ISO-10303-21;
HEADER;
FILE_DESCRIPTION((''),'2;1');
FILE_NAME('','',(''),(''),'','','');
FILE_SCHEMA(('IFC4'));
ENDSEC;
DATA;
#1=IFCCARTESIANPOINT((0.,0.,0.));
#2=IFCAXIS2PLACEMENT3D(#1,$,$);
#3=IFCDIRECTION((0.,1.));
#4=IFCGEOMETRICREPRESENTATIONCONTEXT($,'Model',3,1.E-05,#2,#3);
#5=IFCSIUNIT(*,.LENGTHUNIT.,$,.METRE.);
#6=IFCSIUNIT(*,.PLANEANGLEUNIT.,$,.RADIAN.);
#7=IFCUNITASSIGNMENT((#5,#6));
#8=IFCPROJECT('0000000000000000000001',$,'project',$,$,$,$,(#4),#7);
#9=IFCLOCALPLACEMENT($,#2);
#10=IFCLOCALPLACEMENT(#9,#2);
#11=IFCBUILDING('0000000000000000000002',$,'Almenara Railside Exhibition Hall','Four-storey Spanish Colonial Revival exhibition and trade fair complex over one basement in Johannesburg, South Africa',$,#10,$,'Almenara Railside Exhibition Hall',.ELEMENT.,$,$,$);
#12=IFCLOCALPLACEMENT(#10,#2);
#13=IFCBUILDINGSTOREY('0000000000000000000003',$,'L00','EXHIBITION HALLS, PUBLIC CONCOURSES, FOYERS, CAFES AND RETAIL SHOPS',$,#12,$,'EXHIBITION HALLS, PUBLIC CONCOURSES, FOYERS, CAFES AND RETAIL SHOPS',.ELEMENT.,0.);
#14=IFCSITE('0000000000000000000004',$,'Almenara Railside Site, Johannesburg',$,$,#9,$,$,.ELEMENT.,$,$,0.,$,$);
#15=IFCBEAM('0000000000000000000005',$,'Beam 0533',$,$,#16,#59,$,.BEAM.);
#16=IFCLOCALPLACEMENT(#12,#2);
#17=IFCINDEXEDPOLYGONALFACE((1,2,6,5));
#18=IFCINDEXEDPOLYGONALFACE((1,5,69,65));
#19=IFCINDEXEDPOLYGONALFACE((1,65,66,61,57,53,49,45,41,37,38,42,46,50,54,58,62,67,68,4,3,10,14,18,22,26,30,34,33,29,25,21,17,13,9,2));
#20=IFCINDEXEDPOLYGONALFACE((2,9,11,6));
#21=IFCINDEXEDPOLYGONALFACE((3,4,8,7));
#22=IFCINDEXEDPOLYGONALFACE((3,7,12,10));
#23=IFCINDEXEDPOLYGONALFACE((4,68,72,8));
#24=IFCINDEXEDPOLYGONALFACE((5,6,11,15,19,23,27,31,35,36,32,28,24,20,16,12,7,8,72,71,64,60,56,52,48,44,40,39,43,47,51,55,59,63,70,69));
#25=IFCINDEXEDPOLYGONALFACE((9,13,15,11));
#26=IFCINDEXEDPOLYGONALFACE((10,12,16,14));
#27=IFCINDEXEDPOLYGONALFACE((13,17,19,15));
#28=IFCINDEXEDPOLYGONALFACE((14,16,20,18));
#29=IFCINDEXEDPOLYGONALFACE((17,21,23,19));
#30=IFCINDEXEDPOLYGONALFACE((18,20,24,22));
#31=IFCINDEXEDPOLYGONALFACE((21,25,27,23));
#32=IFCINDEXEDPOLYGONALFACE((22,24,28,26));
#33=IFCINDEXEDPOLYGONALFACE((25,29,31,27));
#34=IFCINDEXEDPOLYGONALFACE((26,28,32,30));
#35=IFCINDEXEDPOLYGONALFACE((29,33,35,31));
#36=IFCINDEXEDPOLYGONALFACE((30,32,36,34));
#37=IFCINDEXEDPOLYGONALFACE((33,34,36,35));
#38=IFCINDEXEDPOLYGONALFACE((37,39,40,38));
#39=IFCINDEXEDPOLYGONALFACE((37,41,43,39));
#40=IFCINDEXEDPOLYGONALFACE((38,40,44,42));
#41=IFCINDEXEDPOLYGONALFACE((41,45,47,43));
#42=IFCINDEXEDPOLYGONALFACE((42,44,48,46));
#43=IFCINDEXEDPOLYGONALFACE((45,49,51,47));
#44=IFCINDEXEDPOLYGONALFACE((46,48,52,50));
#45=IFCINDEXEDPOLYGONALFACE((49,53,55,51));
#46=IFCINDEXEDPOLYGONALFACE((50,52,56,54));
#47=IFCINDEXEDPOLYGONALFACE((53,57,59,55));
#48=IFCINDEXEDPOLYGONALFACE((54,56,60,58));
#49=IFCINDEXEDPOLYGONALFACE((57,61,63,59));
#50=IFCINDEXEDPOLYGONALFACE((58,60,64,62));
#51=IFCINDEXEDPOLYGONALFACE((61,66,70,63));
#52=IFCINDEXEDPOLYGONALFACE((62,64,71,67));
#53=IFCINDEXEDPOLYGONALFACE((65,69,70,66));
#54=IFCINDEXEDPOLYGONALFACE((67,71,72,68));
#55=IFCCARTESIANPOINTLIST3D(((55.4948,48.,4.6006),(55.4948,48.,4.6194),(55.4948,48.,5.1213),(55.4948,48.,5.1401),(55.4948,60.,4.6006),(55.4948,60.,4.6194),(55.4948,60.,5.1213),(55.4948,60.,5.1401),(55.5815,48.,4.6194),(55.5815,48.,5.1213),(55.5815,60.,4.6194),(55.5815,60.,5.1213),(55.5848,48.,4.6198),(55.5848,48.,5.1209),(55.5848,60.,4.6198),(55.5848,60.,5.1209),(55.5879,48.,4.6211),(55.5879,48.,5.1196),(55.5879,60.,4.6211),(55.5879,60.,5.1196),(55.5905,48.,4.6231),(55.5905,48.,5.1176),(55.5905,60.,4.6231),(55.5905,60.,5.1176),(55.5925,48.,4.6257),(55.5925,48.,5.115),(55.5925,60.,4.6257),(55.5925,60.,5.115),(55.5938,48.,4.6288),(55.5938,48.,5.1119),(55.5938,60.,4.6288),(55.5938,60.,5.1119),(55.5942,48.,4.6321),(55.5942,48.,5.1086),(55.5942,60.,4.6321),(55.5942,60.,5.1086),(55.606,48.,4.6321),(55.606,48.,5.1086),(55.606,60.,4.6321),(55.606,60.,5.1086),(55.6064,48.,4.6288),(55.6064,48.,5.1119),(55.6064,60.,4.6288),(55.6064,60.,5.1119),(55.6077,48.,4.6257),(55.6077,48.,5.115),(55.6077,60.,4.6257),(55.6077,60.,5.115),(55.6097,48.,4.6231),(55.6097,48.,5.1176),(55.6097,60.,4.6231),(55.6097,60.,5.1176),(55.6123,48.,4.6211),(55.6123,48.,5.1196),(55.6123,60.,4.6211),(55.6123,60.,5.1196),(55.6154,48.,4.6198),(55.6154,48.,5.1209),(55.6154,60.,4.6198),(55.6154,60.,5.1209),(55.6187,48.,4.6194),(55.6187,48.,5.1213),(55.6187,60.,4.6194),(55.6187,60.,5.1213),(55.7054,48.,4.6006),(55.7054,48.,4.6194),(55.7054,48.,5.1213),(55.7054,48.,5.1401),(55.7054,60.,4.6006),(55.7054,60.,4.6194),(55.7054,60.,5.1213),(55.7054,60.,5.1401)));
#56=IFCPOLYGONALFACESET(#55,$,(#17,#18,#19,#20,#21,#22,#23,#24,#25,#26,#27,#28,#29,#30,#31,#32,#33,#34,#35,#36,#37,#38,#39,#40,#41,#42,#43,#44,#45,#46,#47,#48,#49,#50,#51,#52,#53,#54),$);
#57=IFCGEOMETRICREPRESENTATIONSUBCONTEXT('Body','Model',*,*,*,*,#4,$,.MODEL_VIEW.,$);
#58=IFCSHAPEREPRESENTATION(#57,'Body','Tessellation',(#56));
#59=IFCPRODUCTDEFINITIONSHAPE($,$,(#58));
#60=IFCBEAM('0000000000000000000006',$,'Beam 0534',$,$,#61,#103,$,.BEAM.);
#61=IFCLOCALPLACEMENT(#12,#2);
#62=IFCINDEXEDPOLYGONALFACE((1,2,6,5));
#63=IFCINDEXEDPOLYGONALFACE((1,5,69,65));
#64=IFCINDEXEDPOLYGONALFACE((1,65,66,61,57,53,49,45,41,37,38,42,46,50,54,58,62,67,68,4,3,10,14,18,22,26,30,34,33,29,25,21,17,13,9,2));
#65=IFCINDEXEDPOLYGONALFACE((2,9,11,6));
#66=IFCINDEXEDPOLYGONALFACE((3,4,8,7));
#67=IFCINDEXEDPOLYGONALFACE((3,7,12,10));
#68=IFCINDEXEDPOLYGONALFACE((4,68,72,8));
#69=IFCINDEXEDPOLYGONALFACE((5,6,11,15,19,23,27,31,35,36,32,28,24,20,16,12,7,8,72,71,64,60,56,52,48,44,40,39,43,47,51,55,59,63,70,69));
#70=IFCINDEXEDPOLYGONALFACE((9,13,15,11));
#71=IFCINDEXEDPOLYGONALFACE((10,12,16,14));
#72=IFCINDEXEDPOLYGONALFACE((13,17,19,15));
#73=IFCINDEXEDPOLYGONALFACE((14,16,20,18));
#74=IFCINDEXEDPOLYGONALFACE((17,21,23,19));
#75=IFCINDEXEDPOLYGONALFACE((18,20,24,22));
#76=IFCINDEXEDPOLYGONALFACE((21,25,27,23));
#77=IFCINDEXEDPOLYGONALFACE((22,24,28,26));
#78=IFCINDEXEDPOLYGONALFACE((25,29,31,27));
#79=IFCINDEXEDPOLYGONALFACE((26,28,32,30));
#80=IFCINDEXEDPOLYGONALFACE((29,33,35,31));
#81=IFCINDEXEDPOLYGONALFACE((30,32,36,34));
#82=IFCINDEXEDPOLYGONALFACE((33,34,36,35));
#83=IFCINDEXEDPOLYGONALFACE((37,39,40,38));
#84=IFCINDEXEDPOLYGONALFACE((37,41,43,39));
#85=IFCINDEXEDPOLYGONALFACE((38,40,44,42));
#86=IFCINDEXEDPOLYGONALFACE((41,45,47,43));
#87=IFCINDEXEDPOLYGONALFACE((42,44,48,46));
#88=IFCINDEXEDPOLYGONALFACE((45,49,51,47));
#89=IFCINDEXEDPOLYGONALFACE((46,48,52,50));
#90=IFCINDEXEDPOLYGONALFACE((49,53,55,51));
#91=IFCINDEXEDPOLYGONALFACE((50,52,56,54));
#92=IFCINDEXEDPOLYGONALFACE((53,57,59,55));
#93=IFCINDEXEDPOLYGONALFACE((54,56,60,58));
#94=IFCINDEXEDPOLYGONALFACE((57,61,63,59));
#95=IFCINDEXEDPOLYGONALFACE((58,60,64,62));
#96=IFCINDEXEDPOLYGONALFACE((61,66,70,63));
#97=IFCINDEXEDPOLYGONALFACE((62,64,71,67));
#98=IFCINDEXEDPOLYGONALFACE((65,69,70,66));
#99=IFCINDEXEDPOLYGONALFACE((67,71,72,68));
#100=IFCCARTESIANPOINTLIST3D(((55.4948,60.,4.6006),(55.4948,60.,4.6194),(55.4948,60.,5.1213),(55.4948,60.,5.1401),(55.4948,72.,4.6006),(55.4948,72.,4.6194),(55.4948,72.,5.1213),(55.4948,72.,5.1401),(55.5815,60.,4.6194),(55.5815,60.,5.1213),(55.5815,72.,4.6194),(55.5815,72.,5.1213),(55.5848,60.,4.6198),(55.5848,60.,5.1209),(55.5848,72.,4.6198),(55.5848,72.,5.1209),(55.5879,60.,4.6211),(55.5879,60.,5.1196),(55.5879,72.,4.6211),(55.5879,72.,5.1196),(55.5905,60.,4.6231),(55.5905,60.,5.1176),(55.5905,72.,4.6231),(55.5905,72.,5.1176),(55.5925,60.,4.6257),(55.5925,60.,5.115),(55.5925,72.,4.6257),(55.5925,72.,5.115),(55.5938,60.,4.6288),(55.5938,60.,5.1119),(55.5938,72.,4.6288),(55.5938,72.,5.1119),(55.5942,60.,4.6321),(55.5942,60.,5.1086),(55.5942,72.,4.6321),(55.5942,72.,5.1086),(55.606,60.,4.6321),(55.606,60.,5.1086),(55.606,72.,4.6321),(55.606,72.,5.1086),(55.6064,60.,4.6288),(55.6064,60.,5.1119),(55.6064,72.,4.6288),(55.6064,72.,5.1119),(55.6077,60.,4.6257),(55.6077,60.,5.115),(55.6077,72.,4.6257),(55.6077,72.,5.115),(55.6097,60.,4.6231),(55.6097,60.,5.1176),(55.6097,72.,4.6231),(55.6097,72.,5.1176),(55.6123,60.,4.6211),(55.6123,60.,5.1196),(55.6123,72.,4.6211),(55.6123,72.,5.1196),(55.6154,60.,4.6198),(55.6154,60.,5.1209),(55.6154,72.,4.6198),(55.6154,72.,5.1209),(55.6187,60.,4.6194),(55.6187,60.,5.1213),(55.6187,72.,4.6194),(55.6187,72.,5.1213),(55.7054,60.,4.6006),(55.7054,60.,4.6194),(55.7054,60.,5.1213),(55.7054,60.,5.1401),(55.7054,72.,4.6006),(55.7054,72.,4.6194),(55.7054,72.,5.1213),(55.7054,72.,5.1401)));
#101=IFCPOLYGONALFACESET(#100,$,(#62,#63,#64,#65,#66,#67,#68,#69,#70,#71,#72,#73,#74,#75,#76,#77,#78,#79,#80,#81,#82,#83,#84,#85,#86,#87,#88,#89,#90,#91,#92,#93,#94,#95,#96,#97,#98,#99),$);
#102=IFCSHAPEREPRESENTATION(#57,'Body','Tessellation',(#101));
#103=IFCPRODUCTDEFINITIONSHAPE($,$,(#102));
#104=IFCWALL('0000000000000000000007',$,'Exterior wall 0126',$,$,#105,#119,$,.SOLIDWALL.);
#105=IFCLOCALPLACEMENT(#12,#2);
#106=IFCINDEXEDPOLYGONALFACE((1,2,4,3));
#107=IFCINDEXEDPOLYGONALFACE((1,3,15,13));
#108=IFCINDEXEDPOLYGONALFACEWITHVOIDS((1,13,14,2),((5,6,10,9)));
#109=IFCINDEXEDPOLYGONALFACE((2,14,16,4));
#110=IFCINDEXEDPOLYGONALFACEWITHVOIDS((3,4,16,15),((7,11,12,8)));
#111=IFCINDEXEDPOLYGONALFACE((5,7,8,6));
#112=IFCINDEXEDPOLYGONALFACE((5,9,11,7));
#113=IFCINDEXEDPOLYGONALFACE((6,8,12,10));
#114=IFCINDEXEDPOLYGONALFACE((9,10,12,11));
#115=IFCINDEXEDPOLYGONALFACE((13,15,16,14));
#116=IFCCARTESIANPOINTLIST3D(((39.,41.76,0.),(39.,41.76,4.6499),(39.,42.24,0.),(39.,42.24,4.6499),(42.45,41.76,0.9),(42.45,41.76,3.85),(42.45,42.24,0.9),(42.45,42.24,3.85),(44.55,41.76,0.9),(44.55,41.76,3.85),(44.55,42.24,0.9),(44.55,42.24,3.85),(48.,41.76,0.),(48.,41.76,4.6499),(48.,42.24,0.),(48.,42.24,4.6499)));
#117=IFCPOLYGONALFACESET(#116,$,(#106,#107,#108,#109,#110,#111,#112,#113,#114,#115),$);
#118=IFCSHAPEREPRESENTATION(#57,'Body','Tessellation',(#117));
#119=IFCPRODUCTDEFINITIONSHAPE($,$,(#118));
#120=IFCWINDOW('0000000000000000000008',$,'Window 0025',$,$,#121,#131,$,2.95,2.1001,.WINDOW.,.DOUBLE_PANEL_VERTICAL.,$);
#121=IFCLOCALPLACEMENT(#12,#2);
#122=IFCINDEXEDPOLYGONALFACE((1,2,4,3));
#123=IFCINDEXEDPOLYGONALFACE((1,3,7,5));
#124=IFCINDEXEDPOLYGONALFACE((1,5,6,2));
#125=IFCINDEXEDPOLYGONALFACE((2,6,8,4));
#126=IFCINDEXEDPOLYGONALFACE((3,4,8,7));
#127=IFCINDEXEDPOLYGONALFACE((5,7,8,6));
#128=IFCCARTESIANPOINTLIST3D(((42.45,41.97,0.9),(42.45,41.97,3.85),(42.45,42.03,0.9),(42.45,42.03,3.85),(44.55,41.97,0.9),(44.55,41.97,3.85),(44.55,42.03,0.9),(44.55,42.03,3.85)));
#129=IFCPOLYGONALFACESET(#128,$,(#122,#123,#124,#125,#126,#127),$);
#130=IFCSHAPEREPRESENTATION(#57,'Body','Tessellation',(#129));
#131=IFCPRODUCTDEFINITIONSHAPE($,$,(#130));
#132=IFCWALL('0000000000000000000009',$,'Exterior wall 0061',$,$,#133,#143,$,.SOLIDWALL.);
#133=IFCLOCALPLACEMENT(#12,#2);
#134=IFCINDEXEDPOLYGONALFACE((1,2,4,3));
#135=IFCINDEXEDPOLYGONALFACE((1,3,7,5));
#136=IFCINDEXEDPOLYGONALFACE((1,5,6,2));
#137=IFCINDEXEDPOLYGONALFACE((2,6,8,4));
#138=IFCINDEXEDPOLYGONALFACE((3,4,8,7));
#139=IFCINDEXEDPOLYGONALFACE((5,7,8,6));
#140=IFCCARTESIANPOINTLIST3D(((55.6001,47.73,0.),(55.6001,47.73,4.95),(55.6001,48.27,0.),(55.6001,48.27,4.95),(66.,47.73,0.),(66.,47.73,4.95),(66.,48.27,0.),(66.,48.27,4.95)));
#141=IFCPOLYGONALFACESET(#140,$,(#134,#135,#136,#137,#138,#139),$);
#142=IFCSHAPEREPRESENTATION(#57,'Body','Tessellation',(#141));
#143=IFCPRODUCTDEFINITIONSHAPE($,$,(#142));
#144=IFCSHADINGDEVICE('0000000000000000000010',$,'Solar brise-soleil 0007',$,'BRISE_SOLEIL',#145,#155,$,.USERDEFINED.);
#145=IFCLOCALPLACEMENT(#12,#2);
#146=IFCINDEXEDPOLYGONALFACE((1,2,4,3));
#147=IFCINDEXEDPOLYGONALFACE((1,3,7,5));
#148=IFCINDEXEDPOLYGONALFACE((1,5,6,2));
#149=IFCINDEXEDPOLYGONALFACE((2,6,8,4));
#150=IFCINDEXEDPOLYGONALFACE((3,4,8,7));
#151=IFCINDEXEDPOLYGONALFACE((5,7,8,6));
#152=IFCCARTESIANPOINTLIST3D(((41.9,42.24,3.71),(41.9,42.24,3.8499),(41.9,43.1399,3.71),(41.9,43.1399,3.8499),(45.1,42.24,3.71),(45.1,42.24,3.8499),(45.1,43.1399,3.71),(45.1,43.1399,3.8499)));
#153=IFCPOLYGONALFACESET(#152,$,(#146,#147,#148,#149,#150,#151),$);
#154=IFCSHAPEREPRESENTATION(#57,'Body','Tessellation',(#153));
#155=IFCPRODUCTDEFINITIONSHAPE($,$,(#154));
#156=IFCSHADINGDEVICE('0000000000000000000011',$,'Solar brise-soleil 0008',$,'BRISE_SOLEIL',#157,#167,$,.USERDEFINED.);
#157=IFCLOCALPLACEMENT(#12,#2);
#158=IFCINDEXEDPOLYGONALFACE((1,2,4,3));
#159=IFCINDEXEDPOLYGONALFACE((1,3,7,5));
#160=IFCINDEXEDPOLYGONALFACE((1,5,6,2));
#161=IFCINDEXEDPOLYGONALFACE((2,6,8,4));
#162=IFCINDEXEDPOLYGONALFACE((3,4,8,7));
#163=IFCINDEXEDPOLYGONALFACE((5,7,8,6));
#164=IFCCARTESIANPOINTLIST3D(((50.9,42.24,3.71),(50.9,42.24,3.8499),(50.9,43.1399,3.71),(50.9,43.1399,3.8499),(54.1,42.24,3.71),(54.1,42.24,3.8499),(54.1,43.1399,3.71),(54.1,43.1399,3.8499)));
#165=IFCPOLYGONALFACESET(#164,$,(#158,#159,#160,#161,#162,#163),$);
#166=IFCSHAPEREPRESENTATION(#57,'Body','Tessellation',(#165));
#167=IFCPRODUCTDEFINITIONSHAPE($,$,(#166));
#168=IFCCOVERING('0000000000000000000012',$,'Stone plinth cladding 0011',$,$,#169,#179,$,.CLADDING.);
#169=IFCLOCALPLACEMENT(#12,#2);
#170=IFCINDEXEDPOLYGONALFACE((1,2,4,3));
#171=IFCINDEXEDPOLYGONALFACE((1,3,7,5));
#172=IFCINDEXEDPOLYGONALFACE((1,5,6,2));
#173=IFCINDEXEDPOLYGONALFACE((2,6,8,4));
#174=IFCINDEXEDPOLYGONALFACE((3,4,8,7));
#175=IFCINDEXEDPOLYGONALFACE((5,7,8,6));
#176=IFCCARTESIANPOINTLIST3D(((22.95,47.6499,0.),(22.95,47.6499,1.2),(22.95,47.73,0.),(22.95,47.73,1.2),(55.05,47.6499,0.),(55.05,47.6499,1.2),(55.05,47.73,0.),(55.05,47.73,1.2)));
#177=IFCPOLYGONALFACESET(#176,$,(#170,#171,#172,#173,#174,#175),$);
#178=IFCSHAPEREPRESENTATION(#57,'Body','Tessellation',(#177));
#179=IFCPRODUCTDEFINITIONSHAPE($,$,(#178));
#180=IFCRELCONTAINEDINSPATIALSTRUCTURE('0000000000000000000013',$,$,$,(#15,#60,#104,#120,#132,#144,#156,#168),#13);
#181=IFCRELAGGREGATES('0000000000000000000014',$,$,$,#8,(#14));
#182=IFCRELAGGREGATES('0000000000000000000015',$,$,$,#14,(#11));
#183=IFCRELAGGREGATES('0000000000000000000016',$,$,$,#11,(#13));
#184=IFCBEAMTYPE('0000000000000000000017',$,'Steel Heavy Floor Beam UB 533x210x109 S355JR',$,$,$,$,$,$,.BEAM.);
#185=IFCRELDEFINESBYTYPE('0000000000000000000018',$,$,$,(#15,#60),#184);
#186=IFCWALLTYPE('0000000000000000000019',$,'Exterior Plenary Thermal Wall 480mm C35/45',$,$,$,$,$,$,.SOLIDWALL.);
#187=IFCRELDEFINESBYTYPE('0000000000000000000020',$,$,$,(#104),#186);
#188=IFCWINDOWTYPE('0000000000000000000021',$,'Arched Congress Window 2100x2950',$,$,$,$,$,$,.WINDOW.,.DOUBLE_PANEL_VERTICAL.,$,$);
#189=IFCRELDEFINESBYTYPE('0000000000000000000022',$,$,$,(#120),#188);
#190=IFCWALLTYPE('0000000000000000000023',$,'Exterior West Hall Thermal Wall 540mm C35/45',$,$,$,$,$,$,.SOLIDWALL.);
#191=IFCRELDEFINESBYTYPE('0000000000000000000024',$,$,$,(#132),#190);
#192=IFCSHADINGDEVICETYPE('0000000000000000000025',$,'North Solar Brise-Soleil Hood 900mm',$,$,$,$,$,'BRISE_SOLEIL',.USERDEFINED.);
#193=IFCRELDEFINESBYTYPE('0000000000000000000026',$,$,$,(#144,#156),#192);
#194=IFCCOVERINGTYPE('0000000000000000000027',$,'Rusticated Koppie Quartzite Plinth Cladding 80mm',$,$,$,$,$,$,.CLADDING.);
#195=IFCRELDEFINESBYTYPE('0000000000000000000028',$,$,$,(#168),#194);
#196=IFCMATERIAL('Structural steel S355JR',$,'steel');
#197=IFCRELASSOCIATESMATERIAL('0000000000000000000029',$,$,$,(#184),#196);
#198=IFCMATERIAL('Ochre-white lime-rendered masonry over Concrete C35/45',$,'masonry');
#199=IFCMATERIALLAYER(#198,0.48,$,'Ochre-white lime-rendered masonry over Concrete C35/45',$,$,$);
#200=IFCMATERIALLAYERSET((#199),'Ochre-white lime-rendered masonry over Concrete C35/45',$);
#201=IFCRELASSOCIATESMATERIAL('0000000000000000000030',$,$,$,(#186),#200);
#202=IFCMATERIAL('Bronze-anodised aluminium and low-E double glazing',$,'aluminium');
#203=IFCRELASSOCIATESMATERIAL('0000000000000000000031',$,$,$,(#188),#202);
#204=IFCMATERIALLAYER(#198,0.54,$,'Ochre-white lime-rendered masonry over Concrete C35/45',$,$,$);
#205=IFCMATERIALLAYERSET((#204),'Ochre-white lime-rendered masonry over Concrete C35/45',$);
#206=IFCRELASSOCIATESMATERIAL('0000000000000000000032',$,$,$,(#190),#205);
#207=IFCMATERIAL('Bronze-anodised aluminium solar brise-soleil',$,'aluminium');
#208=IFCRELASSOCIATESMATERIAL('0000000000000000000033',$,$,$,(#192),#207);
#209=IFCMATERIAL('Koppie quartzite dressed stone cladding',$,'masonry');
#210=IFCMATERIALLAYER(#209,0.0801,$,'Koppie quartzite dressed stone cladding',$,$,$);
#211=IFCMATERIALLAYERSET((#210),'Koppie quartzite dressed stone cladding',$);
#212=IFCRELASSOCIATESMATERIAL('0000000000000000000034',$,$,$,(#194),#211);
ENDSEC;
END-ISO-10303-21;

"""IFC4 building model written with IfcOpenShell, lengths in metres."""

from ifc_helpers import new_model, si_unit, direction, frame, frame_2d, origin, origin_2d, place, context, subcontext, project, spatial, rectangle, i_section, extrude, material, layer, layer_set, material_profile, profile_set, type_object, element, fill, save


model = new_model("IFC4")

# Units and contexts
model_context = context("Model", 3, precision=1e-05, world=origin(), true_north=direction((0.0, 1.0)))
body_context = subcontext(model_context, "Body", "Model", "MODEL_VIEW")
ifc_project = project(units=[si_unit("LENGTHUNIT", "METRE"), si_unit("PLANEANGLEUNIT", "RADIAN")], contexts=[model_context])

# Site, building, storey
site_placement = place(None, origin())
site = spatial("IfcSite", under=ifc_project, at=site_placement, Name="Almenara Railside Site, Johannesburg", CompositionType="ELEMENT", RefElevation=0.0)
building_placement = place(site_placement, origin())
building = spatial("IfcBuilding", under=site, at=building_placement, Name="Almenara Railside Exhibition Hall", Description="Four-storey Spanish Colonial Revival exhibition and trade fair complex over one basement in Johannesburg, South Africa", LongName="Almenara Railside Exhibition Hall", CompositionType="ELEMENT")
storey_placement = place(building_placement, origin())
storey = spatial("IfcBuildingStorey", under=building, at=storey_placement, Name="L00", Description="EXHIBITION HALLS, PUBLIC CONCOURSES, FOYERS, CAFES AND RETAIL SHOPS", LongName="EXHIBITION HALLS, PUBLIC CONCOURSES, FOYERS, CAFES AND RETAIL SHOPS", CompositionType="ELEMENT", Elevation=0.0)

# Beams
ifc_material_1 = material(Name="Structural steel S355JR", Category="steel")
ifc_material_profile_1 = material_profile(ifc_material_1, i_section(OverallWidth=0.2107, OverallDepth=0.5396, WebThickness=0.0117, FlangeThickness=0.0188, FilletRadius=0.0127, at=origin_2d()), Name="UB 533x210x109")
ifc_profile_set_1 = profile_set([ifc_material_profile_1], Name="Structural steel S355JR")
beam_type_1 = type_object("IfcBeamType", Name="Steel Heavy Floor Beam UB 533x210x109 S355JR", PredefinedType="BEAM", material=ifc_profile_set_1)
for number, where, z_axis, x_axis, name in (
    (1, (55.6001, 48.0, 4.8704), (0.0, 1.0, 0.0), (-1.0, 0.0, 0.0), "Beam 0533"),
    (2, (55.6001, 60.0, 4.8704), (0.0, 1.0, 0.0), (-1.0, 0.0, 0.0), "Beam 0534"),
):
    element("IfcBeam", number, at=place(storey_placement, frame(where, z_axis=z_axis, x_axis=x_axis)), inside=storey, type_object=beam_type_1, Name=name, PredefinedType="BEAM", context=body_context, shape_type="SweptSolid", body=[
        extrude(i_section(OverallWidth=0.2107, OverallDepth=0.5396, WebThickness=0.0117, FlangeThickness=0.0188, FilletRadius=0.0127, at=origin_2d()), origin(), (0.0, 0.0, 1.0), 12.0),
    ])

# Shared definitions
ifc_material_2 = material(Name="Ochre-white lime-rendered masonry over Concrete C35/45", Category="masonry")
ifc_layer_1 = layer(ifc_material_2, 0.48, Name="Ochre-white lime-rendered masonry over Concrete C35/45")
ifc_layer_set_1 = layer_set([ifc_layer_1], Name="Ochre-white lime-rendered masonry over Concrete C35/45")
wall_type_1 = type_object("IfcWallType", Name="Exterior Plenary Thermal Wall 480mm C35/45", PredefinedType="SOLIDWALL", material=ifc_layer_set_1)

# Wall, opening, window
wall_1_placement = place(storey_placement, frame((48.0, 42.0, 0.0), z_axis=(0.0, 0.0, 1.0), x_axis=(-1.0, 0.0, 0.0)))
wall_1 = element("IfcWall", 3, at=wall_1_placement, inside=storey, type_object=wall_type_1, Name="Exterior wall 0126", PredefinedType="SOLIDWALL", context=body_context, shape_type="SweptSolid", body=[
    extrude(rectangle(XDim=9.0, YDim=0.48, at=frame_2d((4.5, 0.0))), origin(), (0.0, 0.0, 1.0), 4.6499),
])
opening_1_placement = place(wall_1_placement, frame((3.45, 0.0, 0.8999)))
opening_1 = element("IfcOpeningElement", 4, at=opening_1_placement, cuts=wall_1, PredefinedType="OPENING", context=body_context, shape_type="SweptSolid", body=[
    extrude(rectangle(XDim=2.1001, YDim=2.95, at=frame_2d((1.05, 1.4751))), frame((0.0, 0.25, 0.0), z_axis=(0.0, -1.0, 0.0), x_axis=(1.0, 0.0, 0.0)), (0.0, 0.0, 1.0), 0.5),
])
ifc_material_3 = material(Name="Bronze-anodised aluminium and low-E double glazing", Category="aluminium")
window_type = type_object("IfcWindowType", Name="Arched Congress Window 2100x2950", PartitioningType="DOUBLE_PANEL_VERTICAL", PredefinedType="WINDOW", material=ifc_material_3)
window_placement = place(opening_1_placement, origin())
window = element("IfcWindow", 5, at=window_placement, inside=storey, type_object=window_type, Name="Window 0025", OverallHeight=2.95, OverallWidth=2.1001, PartitioningType="DOUBLE_PANEL_VERTICAL", PredefinedType="WINDOW", context=body_context, shape_type="SweptSolid", body=[
    extrude(rectangle(XDim=2.1001, YDim=2.95, at=frame_2d((1.05, 1.4751))), frame((0.0, 0.03, 0.0), z_axis=(0.0, -1.0, 0.0), x_axis=(1.0, 0.0, 0.0)), (0.0, 0.0, 1.0), 0.0601),
])
fill(opening_1, window)

# Wall
ifc_layer_2 = layer(ifc_material_2, 0.54, Name="Ochre-white lime-rendered masonry over Concrete C35/45")
ifc_layer_set_2 = layer_set([ifc_layer_2], Name="Ochre-white lime-rendered masonry over Concrete C35/45")
wall_type_2 = type_object("IfcWallType", Name="Exterior West Hall Thermal Wall 540mm C35/45", PredefinedType="SOLIDWALL", material=ifc_layer_set_2)
wall_2_placement = place(storey_placement, frame((55.6001, 48.0, 0.0), z_axis=(0.0, 0.0, 1.0), x_axis=(1.0, 0.0, 0.0)))
element("IfcWall", 6, at=wall_2_placement, inside=storey, type_object=wall_type_2, Name="Exterior wall 0061", PredefinedType="SOLIDWALL", context=body_context, shape_type="SweptSolid", body=[
    extrude(rectangle(XDim=10.3999, YDim=0.54, at=frame_2d((5.2, 0.0))), origin(), (0.0, 0.0, 1.0), 4.95),
])

# Shading devices
ifc_material_4 = material(Name="Bronze-anodised aluminium solar brise-soleil", Category="aluminium")
shading_device_type = type_object("IfcShadingDeviceType", Name="North Solar Brise-Soleil Hood 900mm", ElementType="BRISE_SOLEIL", PredefinedType="USERDEFINED", material=ifc_material_4)
for number, where, z_axis, x_axis, name in (
    (7, (43.5, 42.6899, 3.71), (0.0, 0.0, 1.0), (-1.0, 0.0, 0.0), "Solar brise-soleil 0007"),
    (8, (52.5, 42.6899, 3.71), (0.0, 0.0, 1.0), (-1.0, 0.0, 0.0), "Solar brise-soleil 0008"),
):
    element("IfcShadingDevice", number, at=place(storey_placement, frame(where, z_axis=z_axis, x_axis=x_axis)), inside=storey, type_object=shading_device_type, Name=name, ObjectType="BRISE_SOLEIL", PredefinedType="USERDEFINED", context=body_context, shape_type="SweptSolid", body=[
        extrude(rectangle(XDim=3.2, YDim=0.8999, at=origin_2d()), origin(), (0.0, 0.0, 1.0), 0.1399),
    ])

# Covering
ifc_material_5 = material(Name="Koppie quartzite dressed stone cladding", Category="masonry")
ifc_layer_3 = layer(ifc_material_5, 0.0801, Name="Koppie quartzite dressed stone cladding")
ifc_layer_set_3 = layer_set([ifc_layer_3], Name="Koppie quartzite dressed stone cladding")
covering_type = type_object("IfcCoveringType", Name="Rusticated Koppie Quartzite Plinth Cladding 80mm", PredefinedType="CLADDING", material=ifc_layer_set_3)
covering_placement = place(storey_placement, frame((39.0, 47.6899, 0.0), z_axis=(0.0, 0.0, 1.0), x_axis=(1.0, 0.0, 0.0)))
element("IfcCovering", 9, at=covering_placement, inside=storey, type_object=covering_type, Name="Stone plinth cladding 0011", PredefinedType="CLADDING", context=body_context, shape_type="SweptSolid", body=[
    extrude(rectangle(XDim=32.1001, YDim=0.0801, at=origin_2d()), origin(), (0.0, 0.0, 1.0), 1.2),
])

save(model, "model.ifc")
